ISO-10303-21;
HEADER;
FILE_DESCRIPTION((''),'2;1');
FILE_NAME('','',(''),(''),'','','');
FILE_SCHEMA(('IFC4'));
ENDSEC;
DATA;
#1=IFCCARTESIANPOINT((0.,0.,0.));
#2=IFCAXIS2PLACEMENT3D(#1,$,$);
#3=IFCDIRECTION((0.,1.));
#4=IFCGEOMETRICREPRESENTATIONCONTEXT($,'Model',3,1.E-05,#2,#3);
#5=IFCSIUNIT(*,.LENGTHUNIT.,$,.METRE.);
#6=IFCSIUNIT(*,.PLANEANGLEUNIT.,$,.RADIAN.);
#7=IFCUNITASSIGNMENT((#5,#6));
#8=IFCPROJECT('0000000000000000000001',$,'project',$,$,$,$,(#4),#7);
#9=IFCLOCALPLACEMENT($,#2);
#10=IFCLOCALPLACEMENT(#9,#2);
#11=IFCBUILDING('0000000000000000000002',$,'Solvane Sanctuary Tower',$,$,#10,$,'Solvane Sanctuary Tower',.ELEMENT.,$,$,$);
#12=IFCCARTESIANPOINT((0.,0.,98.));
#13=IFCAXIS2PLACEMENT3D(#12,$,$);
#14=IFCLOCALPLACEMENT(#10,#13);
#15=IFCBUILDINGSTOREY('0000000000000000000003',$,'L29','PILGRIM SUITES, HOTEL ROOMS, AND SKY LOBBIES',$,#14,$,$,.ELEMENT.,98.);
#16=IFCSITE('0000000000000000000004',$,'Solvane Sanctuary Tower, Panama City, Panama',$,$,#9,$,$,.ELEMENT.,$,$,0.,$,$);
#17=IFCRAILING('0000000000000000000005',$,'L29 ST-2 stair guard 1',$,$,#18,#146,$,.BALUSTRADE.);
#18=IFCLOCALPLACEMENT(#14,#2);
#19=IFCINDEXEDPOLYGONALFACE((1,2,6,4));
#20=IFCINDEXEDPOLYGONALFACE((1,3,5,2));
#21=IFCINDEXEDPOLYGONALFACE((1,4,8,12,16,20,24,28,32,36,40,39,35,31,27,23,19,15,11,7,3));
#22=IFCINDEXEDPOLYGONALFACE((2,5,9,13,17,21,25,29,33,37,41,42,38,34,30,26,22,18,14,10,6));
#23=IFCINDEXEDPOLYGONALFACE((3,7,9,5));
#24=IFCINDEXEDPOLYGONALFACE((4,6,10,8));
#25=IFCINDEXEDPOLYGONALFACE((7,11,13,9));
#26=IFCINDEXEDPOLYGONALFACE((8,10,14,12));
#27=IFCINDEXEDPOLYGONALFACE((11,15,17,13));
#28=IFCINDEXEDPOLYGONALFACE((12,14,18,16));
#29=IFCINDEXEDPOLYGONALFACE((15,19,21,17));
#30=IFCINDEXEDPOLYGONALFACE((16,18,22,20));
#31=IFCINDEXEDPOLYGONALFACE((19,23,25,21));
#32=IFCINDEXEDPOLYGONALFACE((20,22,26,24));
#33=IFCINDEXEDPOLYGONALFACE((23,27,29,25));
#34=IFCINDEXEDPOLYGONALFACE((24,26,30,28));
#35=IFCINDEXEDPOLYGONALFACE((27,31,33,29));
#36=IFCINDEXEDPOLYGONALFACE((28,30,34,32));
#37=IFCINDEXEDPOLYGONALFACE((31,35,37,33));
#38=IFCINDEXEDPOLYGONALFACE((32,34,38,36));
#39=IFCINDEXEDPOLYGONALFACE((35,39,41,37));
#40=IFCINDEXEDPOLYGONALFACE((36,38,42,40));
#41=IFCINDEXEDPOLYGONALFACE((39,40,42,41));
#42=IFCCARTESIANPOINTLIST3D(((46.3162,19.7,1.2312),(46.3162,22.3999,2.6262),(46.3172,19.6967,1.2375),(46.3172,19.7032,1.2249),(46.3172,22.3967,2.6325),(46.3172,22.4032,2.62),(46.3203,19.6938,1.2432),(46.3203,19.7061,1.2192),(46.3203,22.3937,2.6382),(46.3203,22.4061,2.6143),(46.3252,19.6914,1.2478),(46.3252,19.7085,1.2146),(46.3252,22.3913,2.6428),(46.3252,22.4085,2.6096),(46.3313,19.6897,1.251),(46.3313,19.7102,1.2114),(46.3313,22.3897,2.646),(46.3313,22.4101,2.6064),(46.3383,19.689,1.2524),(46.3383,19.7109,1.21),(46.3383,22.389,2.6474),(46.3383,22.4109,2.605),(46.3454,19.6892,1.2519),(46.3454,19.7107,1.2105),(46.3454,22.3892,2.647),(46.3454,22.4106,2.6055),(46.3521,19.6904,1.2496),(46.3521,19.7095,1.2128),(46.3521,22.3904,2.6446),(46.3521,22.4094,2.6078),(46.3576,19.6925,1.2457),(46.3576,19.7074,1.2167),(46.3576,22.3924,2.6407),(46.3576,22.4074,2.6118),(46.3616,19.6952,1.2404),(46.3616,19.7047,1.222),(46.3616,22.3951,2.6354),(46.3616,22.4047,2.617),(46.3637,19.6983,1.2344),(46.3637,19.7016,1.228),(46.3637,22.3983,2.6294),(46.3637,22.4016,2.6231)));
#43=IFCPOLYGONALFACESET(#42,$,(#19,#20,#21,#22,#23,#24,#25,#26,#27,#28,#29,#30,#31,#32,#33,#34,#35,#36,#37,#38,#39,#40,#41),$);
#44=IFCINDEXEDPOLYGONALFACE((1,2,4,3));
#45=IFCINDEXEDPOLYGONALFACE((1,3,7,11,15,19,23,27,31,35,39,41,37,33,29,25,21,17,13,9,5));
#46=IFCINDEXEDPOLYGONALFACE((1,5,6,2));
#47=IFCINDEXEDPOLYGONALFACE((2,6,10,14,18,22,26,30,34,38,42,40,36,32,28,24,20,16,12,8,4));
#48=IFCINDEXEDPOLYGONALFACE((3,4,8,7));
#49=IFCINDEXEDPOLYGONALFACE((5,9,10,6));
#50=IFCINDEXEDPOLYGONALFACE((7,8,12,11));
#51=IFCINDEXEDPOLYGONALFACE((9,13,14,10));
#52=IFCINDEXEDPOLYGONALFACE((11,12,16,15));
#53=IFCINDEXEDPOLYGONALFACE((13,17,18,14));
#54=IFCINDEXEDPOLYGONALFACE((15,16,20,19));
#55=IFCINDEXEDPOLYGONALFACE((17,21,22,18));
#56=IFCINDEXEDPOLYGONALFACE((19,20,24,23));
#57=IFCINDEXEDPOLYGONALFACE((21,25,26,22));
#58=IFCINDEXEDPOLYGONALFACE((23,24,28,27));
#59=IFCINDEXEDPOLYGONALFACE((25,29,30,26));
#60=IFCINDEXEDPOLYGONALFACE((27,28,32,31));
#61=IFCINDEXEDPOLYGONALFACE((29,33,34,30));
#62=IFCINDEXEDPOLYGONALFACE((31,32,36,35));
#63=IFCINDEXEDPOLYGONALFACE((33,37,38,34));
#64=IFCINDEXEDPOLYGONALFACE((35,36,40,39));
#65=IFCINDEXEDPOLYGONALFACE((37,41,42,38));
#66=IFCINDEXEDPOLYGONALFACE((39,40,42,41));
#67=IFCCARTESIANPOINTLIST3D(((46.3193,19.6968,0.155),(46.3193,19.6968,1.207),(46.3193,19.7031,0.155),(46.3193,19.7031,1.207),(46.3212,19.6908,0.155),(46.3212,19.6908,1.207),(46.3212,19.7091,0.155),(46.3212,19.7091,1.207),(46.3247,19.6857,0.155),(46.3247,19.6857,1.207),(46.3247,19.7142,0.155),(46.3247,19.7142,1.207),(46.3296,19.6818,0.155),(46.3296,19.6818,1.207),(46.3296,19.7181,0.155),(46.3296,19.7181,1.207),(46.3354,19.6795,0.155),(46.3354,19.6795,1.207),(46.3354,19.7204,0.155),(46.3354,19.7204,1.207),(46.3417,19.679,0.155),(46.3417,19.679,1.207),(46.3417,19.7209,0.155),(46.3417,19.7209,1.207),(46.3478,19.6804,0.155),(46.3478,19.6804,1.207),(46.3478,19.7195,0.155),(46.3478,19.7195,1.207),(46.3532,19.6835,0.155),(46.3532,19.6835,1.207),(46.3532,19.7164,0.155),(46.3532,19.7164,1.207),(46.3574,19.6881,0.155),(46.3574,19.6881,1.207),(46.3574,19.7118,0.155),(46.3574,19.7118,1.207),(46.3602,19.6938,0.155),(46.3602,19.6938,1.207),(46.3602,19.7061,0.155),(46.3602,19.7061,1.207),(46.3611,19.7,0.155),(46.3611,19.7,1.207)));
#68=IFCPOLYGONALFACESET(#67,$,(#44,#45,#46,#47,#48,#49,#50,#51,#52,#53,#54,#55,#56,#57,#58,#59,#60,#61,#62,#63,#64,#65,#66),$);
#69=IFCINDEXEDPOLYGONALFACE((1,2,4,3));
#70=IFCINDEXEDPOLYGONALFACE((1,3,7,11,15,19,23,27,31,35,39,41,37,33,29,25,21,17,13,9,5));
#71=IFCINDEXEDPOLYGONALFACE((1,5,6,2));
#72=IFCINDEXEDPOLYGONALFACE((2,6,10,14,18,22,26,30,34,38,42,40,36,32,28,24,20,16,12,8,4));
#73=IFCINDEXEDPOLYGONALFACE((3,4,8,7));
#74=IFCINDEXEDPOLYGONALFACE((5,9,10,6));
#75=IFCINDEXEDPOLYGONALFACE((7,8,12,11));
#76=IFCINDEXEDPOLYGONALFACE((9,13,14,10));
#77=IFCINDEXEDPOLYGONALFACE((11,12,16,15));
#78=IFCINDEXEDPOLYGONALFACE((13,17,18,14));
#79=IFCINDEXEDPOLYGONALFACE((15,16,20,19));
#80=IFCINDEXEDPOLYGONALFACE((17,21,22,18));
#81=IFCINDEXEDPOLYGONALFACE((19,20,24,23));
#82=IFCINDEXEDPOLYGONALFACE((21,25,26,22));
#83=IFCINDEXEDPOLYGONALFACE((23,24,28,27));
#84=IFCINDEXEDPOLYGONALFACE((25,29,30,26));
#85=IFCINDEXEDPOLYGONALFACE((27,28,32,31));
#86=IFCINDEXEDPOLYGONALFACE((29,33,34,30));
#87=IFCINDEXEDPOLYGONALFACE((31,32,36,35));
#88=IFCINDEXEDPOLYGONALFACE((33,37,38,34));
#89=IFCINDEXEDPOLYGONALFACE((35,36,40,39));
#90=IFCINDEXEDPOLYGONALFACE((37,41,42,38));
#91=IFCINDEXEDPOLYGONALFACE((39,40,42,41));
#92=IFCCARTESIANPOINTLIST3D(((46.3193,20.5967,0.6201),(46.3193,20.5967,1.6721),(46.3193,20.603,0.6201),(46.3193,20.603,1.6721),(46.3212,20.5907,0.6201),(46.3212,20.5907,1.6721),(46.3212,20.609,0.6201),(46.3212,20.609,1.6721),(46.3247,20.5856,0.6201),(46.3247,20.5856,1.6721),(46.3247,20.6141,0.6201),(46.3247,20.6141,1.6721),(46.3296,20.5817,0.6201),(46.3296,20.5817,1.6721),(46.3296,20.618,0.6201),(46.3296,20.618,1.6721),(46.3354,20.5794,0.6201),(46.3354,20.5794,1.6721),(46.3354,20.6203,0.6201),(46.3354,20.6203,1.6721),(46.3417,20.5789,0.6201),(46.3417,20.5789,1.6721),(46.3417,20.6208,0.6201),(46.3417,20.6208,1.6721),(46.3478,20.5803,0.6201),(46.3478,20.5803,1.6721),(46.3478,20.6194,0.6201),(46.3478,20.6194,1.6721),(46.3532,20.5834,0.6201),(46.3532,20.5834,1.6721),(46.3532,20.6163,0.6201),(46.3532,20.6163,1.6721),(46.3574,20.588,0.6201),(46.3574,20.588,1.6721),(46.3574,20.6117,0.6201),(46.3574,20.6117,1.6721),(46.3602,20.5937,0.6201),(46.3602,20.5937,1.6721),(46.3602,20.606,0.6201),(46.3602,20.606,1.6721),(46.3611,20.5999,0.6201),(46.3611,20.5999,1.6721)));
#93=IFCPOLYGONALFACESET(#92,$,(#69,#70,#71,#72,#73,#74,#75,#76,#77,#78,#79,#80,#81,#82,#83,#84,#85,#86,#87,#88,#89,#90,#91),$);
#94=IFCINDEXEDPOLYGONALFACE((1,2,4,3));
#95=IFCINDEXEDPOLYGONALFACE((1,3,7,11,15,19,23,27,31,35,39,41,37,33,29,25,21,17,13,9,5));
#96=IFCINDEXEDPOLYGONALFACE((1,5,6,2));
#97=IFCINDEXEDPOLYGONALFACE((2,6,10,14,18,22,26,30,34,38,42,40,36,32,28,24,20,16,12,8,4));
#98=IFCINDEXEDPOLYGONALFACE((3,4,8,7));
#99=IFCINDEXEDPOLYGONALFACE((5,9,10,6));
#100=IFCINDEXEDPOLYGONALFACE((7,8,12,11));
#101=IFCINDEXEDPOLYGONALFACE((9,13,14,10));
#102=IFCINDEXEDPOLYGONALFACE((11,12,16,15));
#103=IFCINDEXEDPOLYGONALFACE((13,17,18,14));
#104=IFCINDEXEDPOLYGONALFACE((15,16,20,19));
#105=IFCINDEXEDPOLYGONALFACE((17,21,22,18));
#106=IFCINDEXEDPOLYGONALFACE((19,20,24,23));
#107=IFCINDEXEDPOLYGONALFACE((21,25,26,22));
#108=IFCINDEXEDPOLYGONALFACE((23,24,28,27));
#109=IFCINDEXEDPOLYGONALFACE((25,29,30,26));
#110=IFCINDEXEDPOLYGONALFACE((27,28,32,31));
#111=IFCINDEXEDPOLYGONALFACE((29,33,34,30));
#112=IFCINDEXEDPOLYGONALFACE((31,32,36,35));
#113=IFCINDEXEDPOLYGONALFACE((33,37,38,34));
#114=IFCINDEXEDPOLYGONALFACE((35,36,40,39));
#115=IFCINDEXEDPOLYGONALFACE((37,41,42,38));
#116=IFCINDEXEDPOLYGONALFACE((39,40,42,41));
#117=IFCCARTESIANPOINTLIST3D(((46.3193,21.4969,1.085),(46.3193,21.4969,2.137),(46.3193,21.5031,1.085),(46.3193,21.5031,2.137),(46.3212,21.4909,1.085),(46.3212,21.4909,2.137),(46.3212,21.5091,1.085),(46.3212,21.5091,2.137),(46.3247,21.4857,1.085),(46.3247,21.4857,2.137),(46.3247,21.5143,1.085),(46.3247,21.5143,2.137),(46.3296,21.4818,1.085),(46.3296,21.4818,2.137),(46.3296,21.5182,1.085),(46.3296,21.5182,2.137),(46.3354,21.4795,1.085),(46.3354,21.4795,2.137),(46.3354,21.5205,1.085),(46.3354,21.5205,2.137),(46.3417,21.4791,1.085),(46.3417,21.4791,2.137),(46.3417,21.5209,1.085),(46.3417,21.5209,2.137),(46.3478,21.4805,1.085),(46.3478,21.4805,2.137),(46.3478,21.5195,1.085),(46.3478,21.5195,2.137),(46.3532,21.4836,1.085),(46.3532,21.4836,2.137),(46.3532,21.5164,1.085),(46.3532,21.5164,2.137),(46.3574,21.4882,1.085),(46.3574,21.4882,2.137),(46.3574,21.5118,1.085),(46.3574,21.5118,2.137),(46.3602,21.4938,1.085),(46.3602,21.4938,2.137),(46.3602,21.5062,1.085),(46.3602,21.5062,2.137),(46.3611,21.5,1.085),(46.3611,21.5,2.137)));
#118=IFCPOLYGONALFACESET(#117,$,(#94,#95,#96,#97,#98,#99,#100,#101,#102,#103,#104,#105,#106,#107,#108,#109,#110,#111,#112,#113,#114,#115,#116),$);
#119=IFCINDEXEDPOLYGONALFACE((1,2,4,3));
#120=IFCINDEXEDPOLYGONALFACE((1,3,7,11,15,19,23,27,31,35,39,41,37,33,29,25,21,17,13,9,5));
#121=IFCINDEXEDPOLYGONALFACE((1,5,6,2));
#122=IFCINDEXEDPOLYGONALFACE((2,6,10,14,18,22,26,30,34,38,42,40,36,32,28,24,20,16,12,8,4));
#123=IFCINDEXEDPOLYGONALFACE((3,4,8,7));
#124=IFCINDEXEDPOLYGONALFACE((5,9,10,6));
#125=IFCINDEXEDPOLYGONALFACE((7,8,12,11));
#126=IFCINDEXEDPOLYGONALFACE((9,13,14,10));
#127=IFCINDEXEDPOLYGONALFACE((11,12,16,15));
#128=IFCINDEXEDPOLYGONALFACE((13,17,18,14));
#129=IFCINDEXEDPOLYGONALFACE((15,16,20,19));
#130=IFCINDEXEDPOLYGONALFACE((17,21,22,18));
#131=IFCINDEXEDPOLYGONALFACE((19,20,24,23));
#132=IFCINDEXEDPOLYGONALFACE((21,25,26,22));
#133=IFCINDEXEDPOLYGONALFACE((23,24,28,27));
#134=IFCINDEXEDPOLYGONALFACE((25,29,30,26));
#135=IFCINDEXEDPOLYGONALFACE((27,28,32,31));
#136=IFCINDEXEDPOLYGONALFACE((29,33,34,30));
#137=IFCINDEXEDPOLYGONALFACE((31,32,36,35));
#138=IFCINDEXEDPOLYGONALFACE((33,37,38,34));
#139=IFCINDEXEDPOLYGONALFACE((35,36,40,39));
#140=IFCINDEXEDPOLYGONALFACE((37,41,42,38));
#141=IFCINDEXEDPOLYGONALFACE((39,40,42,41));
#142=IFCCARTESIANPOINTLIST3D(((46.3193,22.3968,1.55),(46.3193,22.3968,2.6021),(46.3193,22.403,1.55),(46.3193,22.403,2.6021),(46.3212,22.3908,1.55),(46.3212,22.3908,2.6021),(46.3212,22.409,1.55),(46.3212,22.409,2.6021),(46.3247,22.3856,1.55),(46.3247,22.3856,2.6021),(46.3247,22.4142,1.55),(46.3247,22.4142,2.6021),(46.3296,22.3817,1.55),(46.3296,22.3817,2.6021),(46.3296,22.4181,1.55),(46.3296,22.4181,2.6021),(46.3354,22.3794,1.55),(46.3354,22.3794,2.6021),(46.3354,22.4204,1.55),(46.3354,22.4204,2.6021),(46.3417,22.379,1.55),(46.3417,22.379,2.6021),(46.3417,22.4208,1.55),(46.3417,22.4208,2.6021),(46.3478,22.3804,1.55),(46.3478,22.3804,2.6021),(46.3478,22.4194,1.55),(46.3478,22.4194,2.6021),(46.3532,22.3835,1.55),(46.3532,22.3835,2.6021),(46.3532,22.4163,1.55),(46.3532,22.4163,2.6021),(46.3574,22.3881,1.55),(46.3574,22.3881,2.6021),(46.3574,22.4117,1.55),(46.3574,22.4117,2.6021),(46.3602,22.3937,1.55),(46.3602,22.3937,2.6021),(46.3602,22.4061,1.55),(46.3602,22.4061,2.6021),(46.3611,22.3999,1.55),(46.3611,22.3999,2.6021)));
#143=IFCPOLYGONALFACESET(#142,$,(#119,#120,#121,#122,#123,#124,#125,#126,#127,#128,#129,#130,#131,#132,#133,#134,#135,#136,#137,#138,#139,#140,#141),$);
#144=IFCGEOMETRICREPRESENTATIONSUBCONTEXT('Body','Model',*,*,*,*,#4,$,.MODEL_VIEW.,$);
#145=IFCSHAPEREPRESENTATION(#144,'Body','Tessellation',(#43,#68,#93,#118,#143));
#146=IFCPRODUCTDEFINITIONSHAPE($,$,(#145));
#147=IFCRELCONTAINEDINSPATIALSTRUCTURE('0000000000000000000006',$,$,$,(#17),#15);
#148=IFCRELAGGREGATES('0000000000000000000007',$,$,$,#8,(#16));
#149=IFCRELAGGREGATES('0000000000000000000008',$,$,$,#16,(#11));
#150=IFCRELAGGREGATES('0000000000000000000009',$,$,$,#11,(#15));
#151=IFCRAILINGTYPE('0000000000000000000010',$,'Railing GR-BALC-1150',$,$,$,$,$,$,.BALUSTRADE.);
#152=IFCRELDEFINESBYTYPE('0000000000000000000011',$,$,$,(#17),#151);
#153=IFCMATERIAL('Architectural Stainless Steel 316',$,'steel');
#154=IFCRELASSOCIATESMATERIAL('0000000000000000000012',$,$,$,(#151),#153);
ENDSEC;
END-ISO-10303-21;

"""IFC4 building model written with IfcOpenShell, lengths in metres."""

from ifc_helpers import new_model, si_unit, direction, frame, origin, origin_2d, place, context, subcontext, project, spatial, circle, extrude, material, type_object, element, save


model = new_model("IFC4")

# Units and contexts
model_context = context("Model", 3, precision=1e-05, world=origin(), true_north=direction((0.0, 1.0)))
body_context = subcontext(model_context, "Body", "Model", "MODEL_VIEW")
ifc_project = project(units=[si_unit("LENGTHUNIT", "METRE"), si_unit("PLANEANGLEUNIT", "RADIAN")], contexts=[model_context])

# Site, building, storey
site_placement = place(None, origin())
site = spatial("IfcSite", under=ifc_project, at=site_placement, Name="Solvane Sanctuary Tower, Panama City, Panama", CompositionType="ELEMENT", RefElevation=0.0)
building_placement = place(site_placement, origin())
building = spatial("IfcBuilding", under=site, at=building_placement, Name="Solvane Sanctuary Tower", LongName="Solvane Sanctuary Tower", CompositionType="ELEMENT")
storey_placement = place(building_placement, frame((0.0, 0.0, 98.0)))
storey = spatial("IfcBuildingStorey", under=building, at=storey_placement, Name="L29", Description="PILGRIM SUITES, HOTEL ROOMS, AND SKY LOBBIES", CompositionType="ELEMENT", Elevation=98.0)

# Shared definitions
ifc_material_1 = material(Name="Architectural Stainless Steel 316", Category="steel")

# Railing
railing_type_1 = type_object("IfcRailingType", Name="Railing GR-BALC-1150", PredefinedType="BALUSTRADE", material=ifc_material_1)
railing_1_placement = place(storey_placement, frame((46.3401, 19.7, 0.155)))
element("IfcRailing", 1, at=railing_1_placement, inside=storey, type_object=railing_type_1, Name="L29 ST-2 stair guard 1", PredefinedType="BALUSTRADE", context=body_context, shape_type="SweptSolid", body=[
    extrude(circle(Radius=0.0239, at=origin_2d()), frame((0.0, 0.0, 1.0762), z_axis=(0.0, 0.88842, 0.459032), x_axis=(-1.0, 0.0, 0.0)), (0.0, 0.0, 1.0), 3.0391),
    extrude(circle(Radius=0.021, at=origin_2d()), origin(), (0.0, 0.0, 1.0), 1.052),
    extrude(circle(Radius=0.021, at=origin_2d()), frame((0.0, 0.8999, 0.4651)), (0.0, 0.0, 1.0), 1.052),
    extrude(circle(Radius=0.021, at=origin_2d()), frame((0.0, 1.8, 0.9299)), (0.0, 0.0, 1.0), 1.052),
    extrude(circle(Radius=0.021, at=origin_2d()), frame((0.0, 2.7, 1.395)), (0.0, 0.0, 1.0), 1.052),
])

save(model, "model.ifc")
